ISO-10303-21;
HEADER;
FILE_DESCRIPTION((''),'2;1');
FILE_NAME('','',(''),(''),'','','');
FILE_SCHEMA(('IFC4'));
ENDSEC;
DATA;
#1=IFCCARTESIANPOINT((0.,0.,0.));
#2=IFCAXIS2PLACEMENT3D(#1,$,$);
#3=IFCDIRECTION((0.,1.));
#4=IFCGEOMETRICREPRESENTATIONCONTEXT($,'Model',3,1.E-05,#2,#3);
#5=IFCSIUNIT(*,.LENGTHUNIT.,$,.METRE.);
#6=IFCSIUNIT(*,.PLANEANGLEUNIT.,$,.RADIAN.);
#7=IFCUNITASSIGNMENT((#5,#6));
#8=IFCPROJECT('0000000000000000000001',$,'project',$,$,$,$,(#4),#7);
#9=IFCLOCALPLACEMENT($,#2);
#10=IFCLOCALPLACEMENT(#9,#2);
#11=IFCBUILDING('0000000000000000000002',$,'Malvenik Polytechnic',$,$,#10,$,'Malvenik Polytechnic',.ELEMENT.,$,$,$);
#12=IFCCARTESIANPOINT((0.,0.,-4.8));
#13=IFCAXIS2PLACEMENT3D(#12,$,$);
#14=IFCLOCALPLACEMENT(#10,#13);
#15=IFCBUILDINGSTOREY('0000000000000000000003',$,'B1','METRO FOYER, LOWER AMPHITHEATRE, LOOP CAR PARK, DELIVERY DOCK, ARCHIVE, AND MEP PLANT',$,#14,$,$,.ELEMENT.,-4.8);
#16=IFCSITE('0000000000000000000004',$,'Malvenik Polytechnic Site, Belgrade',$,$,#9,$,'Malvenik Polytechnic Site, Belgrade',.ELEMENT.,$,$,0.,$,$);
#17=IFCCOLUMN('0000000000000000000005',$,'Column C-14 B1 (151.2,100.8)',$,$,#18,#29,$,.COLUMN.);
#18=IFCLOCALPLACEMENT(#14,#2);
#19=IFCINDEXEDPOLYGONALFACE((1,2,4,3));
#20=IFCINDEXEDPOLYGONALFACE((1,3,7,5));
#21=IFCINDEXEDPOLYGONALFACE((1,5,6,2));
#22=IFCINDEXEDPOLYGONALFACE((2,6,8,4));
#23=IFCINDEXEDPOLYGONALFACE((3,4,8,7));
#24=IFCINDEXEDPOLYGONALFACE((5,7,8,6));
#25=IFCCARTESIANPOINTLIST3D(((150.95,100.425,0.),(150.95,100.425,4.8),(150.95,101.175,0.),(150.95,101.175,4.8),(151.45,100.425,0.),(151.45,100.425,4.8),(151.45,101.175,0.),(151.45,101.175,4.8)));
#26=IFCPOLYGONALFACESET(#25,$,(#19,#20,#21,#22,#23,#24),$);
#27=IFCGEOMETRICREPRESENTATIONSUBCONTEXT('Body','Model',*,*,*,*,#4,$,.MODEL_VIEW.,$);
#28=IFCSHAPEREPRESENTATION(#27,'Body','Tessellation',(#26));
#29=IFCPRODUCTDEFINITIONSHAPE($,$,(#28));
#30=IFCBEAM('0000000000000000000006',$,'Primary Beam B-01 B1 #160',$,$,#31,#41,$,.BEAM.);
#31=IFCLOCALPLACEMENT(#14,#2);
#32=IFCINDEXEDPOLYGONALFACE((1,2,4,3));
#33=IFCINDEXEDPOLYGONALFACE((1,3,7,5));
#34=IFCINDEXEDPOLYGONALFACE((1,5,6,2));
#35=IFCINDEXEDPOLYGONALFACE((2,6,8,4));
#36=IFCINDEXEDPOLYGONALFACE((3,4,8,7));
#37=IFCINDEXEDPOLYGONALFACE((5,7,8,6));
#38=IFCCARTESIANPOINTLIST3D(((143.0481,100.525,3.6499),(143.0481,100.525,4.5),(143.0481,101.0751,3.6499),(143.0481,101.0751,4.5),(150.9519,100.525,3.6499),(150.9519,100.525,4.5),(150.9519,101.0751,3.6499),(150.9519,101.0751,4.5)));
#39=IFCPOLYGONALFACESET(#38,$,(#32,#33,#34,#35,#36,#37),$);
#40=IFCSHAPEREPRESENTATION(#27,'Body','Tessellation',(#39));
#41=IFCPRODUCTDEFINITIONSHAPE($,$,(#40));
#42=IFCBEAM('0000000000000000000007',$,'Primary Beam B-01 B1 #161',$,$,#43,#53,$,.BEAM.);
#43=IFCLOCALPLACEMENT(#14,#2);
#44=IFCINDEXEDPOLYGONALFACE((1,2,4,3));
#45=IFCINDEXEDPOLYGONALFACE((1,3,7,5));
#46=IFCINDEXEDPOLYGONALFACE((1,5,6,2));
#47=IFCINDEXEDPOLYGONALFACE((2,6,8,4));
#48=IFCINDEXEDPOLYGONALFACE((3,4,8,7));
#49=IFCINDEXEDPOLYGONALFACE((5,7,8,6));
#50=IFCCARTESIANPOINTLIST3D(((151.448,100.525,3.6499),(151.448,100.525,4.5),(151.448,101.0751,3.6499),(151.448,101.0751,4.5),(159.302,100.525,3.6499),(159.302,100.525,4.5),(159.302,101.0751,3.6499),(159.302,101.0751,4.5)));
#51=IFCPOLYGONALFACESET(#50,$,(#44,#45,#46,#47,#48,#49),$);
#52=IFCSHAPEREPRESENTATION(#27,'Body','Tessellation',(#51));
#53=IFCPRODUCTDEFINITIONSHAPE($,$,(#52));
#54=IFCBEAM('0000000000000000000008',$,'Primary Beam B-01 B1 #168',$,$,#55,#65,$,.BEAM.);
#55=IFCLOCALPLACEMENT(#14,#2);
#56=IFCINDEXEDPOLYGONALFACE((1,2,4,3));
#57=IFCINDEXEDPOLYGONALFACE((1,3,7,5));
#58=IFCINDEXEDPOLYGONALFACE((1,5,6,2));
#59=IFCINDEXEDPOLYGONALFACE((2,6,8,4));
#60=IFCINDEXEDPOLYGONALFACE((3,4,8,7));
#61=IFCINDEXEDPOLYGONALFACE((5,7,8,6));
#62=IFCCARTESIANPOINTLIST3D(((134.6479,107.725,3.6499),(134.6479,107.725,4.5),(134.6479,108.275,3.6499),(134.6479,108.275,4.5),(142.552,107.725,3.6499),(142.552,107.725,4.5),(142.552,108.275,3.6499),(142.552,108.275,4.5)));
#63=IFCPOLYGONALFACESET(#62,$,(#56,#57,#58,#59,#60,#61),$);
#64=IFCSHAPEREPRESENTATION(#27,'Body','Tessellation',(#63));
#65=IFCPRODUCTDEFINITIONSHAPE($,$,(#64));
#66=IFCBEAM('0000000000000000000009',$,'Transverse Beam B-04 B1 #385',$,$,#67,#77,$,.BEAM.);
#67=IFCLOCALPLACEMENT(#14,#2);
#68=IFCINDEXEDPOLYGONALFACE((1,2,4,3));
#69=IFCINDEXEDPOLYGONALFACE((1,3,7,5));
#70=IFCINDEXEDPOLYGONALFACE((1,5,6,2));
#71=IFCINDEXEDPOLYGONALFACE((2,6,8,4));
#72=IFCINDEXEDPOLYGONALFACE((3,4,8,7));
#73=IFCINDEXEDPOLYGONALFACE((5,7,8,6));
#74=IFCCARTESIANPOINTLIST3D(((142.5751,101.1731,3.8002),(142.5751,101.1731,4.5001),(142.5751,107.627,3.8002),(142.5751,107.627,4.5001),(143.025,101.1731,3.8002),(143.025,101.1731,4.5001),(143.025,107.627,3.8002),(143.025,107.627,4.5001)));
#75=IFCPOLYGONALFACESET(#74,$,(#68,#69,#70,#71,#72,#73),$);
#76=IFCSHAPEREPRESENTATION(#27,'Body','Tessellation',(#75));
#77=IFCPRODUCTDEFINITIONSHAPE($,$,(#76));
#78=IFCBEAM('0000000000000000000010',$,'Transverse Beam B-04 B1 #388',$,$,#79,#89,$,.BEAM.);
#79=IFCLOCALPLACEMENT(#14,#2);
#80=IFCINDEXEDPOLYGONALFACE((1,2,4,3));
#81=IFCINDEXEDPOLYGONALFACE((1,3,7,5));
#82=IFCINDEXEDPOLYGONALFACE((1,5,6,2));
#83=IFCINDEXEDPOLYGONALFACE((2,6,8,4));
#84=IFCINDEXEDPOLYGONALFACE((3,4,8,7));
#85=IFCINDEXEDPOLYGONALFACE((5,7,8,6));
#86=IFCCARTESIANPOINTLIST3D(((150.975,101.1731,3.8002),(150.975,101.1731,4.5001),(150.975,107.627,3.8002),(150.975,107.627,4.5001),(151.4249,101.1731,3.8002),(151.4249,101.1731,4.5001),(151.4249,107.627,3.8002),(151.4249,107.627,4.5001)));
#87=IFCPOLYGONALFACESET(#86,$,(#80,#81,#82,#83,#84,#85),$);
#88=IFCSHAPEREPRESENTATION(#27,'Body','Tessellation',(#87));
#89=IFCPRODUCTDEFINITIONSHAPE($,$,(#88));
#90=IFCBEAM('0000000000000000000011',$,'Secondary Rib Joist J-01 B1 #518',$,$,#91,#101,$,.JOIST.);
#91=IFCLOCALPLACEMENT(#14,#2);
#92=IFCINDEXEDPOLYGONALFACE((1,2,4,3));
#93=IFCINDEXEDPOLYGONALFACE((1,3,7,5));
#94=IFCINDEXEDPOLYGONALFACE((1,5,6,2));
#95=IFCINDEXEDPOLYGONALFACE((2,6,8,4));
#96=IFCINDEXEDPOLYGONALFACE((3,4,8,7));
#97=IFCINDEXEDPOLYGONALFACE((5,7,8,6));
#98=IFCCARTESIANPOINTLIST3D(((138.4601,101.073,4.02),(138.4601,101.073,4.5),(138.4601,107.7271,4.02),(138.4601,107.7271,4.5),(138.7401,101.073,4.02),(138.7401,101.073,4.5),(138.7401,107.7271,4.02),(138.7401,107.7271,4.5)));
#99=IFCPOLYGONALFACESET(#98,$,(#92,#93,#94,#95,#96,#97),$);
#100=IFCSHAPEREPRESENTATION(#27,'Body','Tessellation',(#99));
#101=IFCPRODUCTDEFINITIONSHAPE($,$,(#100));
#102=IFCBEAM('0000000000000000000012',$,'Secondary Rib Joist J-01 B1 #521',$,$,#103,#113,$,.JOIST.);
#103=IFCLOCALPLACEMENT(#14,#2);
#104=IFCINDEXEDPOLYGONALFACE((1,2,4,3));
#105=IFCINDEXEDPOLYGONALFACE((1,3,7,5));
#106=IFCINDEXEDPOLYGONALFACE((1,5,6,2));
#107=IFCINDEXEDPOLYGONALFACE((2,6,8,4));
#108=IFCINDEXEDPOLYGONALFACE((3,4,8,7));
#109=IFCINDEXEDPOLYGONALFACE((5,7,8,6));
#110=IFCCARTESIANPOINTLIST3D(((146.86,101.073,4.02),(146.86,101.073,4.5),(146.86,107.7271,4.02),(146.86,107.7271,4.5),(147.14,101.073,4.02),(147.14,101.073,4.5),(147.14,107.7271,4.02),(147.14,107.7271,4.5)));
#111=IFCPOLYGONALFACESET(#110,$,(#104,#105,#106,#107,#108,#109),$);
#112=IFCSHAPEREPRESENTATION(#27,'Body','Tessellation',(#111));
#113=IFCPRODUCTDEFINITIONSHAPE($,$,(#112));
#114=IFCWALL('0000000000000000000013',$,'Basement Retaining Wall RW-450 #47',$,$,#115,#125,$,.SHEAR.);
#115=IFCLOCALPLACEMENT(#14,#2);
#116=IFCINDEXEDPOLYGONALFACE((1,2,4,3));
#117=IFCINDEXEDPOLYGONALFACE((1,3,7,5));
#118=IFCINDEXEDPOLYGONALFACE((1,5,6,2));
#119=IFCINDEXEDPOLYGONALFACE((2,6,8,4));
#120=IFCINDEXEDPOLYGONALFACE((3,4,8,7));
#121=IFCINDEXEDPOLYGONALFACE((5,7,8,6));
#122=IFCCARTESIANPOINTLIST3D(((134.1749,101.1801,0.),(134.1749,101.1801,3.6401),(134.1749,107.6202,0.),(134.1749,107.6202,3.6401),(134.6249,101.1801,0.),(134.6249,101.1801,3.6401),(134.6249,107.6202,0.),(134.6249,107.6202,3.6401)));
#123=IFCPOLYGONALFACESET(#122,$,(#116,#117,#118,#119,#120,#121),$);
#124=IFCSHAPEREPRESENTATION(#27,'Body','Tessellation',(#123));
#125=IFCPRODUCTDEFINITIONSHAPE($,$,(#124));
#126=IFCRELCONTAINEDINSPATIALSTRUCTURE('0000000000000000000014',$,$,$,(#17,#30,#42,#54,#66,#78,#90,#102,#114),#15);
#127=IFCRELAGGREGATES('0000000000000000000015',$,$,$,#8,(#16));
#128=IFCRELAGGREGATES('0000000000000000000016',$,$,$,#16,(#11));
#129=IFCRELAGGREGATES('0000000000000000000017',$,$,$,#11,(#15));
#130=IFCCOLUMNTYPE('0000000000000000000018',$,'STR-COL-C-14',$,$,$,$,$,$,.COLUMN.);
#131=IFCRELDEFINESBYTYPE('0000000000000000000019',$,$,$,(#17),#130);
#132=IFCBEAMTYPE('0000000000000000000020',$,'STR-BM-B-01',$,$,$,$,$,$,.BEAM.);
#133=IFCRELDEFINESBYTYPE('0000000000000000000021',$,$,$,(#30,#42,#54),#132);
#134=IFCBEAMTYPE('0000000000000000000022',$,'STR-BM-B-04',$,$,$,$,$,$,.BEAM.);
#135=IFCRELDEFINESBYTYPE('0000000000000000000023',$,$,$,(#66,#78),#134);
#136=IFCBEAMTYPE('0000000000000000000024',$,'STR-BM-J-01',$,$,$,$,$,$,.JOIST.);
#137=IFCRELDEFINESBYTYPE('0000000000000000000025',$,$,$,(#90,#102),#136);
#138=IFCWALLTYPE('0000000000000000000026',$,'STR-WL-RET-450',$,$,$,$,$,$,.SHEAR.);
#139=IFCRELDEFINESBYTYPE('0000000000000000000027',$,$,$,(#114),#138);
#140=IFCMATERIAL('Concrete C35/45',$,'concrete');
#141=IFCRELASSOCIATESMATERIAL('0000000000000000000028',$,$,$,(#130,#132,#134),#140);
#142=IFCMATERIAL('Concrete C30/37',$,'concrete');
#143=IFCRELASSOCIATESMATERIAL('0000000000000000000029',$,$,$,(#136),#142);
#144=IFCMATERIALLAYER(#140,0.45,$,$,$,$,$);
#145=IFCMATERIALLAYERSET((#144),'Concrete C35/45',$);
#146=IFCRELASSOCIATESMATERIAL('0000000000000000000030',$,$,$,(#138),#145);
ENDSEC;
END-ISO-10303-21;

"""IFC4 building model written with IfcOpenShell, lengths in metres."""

from ifc_helpers import new_model, si_unit, direction, frame, frame_2d, origin, origin_2d, place, context, subcontext, project, spatial, rectangle, extrude, material, layer, layer_set, material_profile, profile_set, type_object, element, save


model = new_model("IFC4")

# Units and contexts
model_context = context("Model", 3, precision=1e-05, world=origin(), true_north=direction((0.0, 1.0)))
body_context = subcontext(model_context, "Body", "Model", "MODEL_VIEW")
ifc_project = project(units=[si_unit("LENGTHUNIT", "METRE"), si_unit("PLANEANGLEUNIT", "RADIAN")], contexts=[model_context])

# Site, building, storey
site_placement = place(None, origin())
site = spatial("IfcSite", under=ifc_project, at=site_placement, Name="Malvenik Polytechnic Site, Belgrade", LongName="Malvenik Polytechnic Site, Belgrade", CompositionType="ELEMENT", RefElevation=0.0)
building_placement = place(site_placement, origin())
building = spatial("IfcBuilding", under=site, at=building_placement, Name="Malvenik Polytechnic", LongName="Malvenik Polytechnic", CompositionType="ELEMENT")
storey_placement = place(building_placement, frame((0.0, 0.0, -4.8)))
storey = spatial("IfcBuildingStorey", under=building, at=storey_placement, Name="B1", Description="METRO FOYER, LOWER AMPHITHEATRE, LOOP CAR PARK, DELIVERY DOCK, ARCHIVE, AND MEP PLANT", CompositionType="ELEMENT", Elevation=-4.8)

# Shared definitions
ifc_material_1 = material(Name="Concrete C35/45", Category="concrete")

# Column
ifc_material_profile_1 = material_profile(ifc_material_1, rectangle(XDim=0.5, YDim=0.75, at=origin_2d()), Name="RC COL 750x500")
ifc_profile_set_1 = profile_set([ifc_material_profile_1], Name="Concrete C35/45")
column_type = type_object("IfcColumnType", Name="STR-COL-C-14", PredefinedType="COLUMN", material=ifc_profile_set_1)
for number, where, z_axis, x_axis, name in (
    (1, (151.2, 100.8, 0.0), (0.0, 0.0, 1.0), (1.0, 0.0, 0.0), "Column C-14 B1 (151.2,100.8)"),
):
    element("IfcColumn", number, at=place(storey_placement, frame(where, z_axis=z_axis, x_axis=x_axis)), inside=storey, type_object=column_type, Name=name, PredefinedType="COLUMN", context=body_context, shape_type="SweptSolid", body=[
        extrude(rectangle(XDim=0.5, YDim=0.75, at=origin_2d()), origin(), (0.0, 0.0, 1.0), 4.8),
    ])

# Beams
ifc_material_profile_2 = material_profile(ifc_material_1, rectangle(XDim=0.55, YDim=0.8501, at=origin_2d()), Name="RC BM 550x850")
ifc_profile_set_2 = profile_set([ifc_material_profile_2], Name="Concrete C35/45")
beam_type_1 = type_object("IfcBeamType", Name="STR-BM-B-01", PredefinedType="BEAM", material=ifc_profile_set_2)
beam_1_placement = place(storey_placement, frame((143.0481, 100.8, 4.075), z_axis=(1.0, 0.0, 0.0), x_axis=(0.0, 1.0, 0.0)))
element("IfcBeam", 2, at=beam_1_placement, inside=storey, type_object=beam_type_1, Name="Primary Beam B-01 B1 #160", PredefinedType="BEAM", context=body_context, shape_type="SweptSolid", body=[
    extrude(rectangle(XDim=0.55, YDim=0.8501, at=origin_2d()), origin(), (0.0, 0.0, 1.0), 7.9038),
])
beam_2_placement = place(storey_placement, frame((151.448, 100.8, 4.075), z_axis=(1.0, 0.0, 0.0), x_axis=(0.0, 1.0, 0.0)))
element("IfcBeam", 3, at=beam_2_placement, inside=storey, type_object=beam_type_1, Name="Primary Beam B-01 B1 #161", PredefinedType="BEAM", context=body_context, shape_type="SweptSolid", body=[
    extrude(rectangle(XDim=0.55, YDim=0.8501, at=origin_2d()), origin(), (0.0, 0.0, 1.0), 7.854),
])
beam_3_placement = place(storey_placement, frame((134.6479, 108.0, 4.075), z_axis=(1.0, 0.0, 0.0), x_axis=(0.0, 1.0, 0.0)))
element("IfcBeam", 4, at=beam_3_placement, inside=storey, type_object=beam_type_1, Name="Primary Beam B-01 B1 #168", PredefinedType="BEAM", context=body_context, shape_type="SweptSolid", body=[
    extrude(rectangle(XDim=0.55, YDim=0.8501, at=origin_2d()), origin(), (0.0, 0.0, 1.0), 7.9041),
])
ifc_material_profile_3 = material_profile(ifc_material_1, rectangle(XDim=0.45, YDim=0.7, at=origin_2d()), Name="RC BM 450x700")
ifc_profile_set_3 = profile_set([ifc_material_profile_3], Name="Concrete C35/45")
beam_type_2 = type_object("IfcBeamType", Name="STR-BM-B-04", PredefinedType="BEAM", material=ifc_profile_set_3)
for number, where, z_axis, x_axis, name in (
    (5, (142.8, 101.1731, 4.1501), (0.0, 1.0, 0.0), (-1.0, 0.0, 0.0), "Transverse Beam B-04 B1 #385"),
    (6, (151.2, 101.1731, 4.1501), (0.0, 1.0, 0.0), (-1.0, 0.0, 0.0), "Transverse Beam B-04 B1 #388"),
):
    element("IfcBeam", number, at=place(storey_placement, frame(where, z_axis=z_axis, x_axis=x_axis)), inside=storey, type_object=beam_type_2, Name=name, PredefinedType="BEAM", context=body_context, shape_type="SweptSolid", body=[
        extrude(rectangle(XDim=0.45, YDim=0.7, at=origin_2d()), origin(), (0.0, 0.0, 1.0), 6.4539),
    ])
ifc_material_2 = material(Name="Concrete C30/37", Category="concrete")
ifc_material_profile_4 = material_profile(ifc_material_2, rectangle(XDim=0.28, YDim=0.48, at=origin_2d()), Name="RC JST 280x480")
ifc_profile_set_4 = profile_set([ifc_material_profile_4], Name="Concrete C30/37")
beam_type_3 = type_object("IfcBeamType", Name="STR-BM-J-01", PredefinedType="JOIST", material=ifc_profile_set_4)
for number, where, z_axis, x_axis, name in (
    (7, (138.6001, 101.073, 4.26), (0.0, 1.0, 0.0), (-1.0, 0.0, 0.0), "Secondary Rib Joist J-01 B1 #518"),
    (8, (147.0, 101.073, 4.26), (0.0, 1.0, 0.0), (-1.0, 0.0, 0.0), "Secondary Rib Joist J-01 B1 #521"),
):
    element("IfcBeam", number, at=place(storey_placement, frame(where, z_axis=z_axis, x_axis=x_axis)), inside=storey, type_object=beam_type_3, Name=name, PredefinedType="JOIST", context=body_context, shape_type="SweptSolid", body=[
        extrude(rectangle(XDim=0.28, YDim=0.48, at=origin_2d()), origin(), (0.0, 0.0, 1.0), 6.6541),
    ])

# Wall
ifc_layer = layer(ifc_material_1, 0.45)
ifc_layer_set = layer_set([ifc_layer], Name="Concrete C35/45")
wall_type = type_object("IfcWallType", Name="STR-WL-RET-450", PredefinedType="SHEAR", material=ifc_layer_set)
wall_placement = place(storey_placement, frame((134.3999, 101.1799, 0.0), z_axis=(0.0, 0.0, 1.0), x_axis=(0.0, 1.0, 0.0)))
element("IfcWall", 9, at=wall_placement, inside=storey, type_object=wall_type, Name="Basement Retaining Wall RW-450 #47", PredefinedType="SHEAR", context=body_context, shape_type="SweptSolid", body=[
    extrude(rectangle(XDim=6.4402, YDim=0.45, at=frame_2d((3.2202, 0.0))), origin(), (0.0, 0.0, 1.0), 3.6401),
])

save(model, "model.ifc")
